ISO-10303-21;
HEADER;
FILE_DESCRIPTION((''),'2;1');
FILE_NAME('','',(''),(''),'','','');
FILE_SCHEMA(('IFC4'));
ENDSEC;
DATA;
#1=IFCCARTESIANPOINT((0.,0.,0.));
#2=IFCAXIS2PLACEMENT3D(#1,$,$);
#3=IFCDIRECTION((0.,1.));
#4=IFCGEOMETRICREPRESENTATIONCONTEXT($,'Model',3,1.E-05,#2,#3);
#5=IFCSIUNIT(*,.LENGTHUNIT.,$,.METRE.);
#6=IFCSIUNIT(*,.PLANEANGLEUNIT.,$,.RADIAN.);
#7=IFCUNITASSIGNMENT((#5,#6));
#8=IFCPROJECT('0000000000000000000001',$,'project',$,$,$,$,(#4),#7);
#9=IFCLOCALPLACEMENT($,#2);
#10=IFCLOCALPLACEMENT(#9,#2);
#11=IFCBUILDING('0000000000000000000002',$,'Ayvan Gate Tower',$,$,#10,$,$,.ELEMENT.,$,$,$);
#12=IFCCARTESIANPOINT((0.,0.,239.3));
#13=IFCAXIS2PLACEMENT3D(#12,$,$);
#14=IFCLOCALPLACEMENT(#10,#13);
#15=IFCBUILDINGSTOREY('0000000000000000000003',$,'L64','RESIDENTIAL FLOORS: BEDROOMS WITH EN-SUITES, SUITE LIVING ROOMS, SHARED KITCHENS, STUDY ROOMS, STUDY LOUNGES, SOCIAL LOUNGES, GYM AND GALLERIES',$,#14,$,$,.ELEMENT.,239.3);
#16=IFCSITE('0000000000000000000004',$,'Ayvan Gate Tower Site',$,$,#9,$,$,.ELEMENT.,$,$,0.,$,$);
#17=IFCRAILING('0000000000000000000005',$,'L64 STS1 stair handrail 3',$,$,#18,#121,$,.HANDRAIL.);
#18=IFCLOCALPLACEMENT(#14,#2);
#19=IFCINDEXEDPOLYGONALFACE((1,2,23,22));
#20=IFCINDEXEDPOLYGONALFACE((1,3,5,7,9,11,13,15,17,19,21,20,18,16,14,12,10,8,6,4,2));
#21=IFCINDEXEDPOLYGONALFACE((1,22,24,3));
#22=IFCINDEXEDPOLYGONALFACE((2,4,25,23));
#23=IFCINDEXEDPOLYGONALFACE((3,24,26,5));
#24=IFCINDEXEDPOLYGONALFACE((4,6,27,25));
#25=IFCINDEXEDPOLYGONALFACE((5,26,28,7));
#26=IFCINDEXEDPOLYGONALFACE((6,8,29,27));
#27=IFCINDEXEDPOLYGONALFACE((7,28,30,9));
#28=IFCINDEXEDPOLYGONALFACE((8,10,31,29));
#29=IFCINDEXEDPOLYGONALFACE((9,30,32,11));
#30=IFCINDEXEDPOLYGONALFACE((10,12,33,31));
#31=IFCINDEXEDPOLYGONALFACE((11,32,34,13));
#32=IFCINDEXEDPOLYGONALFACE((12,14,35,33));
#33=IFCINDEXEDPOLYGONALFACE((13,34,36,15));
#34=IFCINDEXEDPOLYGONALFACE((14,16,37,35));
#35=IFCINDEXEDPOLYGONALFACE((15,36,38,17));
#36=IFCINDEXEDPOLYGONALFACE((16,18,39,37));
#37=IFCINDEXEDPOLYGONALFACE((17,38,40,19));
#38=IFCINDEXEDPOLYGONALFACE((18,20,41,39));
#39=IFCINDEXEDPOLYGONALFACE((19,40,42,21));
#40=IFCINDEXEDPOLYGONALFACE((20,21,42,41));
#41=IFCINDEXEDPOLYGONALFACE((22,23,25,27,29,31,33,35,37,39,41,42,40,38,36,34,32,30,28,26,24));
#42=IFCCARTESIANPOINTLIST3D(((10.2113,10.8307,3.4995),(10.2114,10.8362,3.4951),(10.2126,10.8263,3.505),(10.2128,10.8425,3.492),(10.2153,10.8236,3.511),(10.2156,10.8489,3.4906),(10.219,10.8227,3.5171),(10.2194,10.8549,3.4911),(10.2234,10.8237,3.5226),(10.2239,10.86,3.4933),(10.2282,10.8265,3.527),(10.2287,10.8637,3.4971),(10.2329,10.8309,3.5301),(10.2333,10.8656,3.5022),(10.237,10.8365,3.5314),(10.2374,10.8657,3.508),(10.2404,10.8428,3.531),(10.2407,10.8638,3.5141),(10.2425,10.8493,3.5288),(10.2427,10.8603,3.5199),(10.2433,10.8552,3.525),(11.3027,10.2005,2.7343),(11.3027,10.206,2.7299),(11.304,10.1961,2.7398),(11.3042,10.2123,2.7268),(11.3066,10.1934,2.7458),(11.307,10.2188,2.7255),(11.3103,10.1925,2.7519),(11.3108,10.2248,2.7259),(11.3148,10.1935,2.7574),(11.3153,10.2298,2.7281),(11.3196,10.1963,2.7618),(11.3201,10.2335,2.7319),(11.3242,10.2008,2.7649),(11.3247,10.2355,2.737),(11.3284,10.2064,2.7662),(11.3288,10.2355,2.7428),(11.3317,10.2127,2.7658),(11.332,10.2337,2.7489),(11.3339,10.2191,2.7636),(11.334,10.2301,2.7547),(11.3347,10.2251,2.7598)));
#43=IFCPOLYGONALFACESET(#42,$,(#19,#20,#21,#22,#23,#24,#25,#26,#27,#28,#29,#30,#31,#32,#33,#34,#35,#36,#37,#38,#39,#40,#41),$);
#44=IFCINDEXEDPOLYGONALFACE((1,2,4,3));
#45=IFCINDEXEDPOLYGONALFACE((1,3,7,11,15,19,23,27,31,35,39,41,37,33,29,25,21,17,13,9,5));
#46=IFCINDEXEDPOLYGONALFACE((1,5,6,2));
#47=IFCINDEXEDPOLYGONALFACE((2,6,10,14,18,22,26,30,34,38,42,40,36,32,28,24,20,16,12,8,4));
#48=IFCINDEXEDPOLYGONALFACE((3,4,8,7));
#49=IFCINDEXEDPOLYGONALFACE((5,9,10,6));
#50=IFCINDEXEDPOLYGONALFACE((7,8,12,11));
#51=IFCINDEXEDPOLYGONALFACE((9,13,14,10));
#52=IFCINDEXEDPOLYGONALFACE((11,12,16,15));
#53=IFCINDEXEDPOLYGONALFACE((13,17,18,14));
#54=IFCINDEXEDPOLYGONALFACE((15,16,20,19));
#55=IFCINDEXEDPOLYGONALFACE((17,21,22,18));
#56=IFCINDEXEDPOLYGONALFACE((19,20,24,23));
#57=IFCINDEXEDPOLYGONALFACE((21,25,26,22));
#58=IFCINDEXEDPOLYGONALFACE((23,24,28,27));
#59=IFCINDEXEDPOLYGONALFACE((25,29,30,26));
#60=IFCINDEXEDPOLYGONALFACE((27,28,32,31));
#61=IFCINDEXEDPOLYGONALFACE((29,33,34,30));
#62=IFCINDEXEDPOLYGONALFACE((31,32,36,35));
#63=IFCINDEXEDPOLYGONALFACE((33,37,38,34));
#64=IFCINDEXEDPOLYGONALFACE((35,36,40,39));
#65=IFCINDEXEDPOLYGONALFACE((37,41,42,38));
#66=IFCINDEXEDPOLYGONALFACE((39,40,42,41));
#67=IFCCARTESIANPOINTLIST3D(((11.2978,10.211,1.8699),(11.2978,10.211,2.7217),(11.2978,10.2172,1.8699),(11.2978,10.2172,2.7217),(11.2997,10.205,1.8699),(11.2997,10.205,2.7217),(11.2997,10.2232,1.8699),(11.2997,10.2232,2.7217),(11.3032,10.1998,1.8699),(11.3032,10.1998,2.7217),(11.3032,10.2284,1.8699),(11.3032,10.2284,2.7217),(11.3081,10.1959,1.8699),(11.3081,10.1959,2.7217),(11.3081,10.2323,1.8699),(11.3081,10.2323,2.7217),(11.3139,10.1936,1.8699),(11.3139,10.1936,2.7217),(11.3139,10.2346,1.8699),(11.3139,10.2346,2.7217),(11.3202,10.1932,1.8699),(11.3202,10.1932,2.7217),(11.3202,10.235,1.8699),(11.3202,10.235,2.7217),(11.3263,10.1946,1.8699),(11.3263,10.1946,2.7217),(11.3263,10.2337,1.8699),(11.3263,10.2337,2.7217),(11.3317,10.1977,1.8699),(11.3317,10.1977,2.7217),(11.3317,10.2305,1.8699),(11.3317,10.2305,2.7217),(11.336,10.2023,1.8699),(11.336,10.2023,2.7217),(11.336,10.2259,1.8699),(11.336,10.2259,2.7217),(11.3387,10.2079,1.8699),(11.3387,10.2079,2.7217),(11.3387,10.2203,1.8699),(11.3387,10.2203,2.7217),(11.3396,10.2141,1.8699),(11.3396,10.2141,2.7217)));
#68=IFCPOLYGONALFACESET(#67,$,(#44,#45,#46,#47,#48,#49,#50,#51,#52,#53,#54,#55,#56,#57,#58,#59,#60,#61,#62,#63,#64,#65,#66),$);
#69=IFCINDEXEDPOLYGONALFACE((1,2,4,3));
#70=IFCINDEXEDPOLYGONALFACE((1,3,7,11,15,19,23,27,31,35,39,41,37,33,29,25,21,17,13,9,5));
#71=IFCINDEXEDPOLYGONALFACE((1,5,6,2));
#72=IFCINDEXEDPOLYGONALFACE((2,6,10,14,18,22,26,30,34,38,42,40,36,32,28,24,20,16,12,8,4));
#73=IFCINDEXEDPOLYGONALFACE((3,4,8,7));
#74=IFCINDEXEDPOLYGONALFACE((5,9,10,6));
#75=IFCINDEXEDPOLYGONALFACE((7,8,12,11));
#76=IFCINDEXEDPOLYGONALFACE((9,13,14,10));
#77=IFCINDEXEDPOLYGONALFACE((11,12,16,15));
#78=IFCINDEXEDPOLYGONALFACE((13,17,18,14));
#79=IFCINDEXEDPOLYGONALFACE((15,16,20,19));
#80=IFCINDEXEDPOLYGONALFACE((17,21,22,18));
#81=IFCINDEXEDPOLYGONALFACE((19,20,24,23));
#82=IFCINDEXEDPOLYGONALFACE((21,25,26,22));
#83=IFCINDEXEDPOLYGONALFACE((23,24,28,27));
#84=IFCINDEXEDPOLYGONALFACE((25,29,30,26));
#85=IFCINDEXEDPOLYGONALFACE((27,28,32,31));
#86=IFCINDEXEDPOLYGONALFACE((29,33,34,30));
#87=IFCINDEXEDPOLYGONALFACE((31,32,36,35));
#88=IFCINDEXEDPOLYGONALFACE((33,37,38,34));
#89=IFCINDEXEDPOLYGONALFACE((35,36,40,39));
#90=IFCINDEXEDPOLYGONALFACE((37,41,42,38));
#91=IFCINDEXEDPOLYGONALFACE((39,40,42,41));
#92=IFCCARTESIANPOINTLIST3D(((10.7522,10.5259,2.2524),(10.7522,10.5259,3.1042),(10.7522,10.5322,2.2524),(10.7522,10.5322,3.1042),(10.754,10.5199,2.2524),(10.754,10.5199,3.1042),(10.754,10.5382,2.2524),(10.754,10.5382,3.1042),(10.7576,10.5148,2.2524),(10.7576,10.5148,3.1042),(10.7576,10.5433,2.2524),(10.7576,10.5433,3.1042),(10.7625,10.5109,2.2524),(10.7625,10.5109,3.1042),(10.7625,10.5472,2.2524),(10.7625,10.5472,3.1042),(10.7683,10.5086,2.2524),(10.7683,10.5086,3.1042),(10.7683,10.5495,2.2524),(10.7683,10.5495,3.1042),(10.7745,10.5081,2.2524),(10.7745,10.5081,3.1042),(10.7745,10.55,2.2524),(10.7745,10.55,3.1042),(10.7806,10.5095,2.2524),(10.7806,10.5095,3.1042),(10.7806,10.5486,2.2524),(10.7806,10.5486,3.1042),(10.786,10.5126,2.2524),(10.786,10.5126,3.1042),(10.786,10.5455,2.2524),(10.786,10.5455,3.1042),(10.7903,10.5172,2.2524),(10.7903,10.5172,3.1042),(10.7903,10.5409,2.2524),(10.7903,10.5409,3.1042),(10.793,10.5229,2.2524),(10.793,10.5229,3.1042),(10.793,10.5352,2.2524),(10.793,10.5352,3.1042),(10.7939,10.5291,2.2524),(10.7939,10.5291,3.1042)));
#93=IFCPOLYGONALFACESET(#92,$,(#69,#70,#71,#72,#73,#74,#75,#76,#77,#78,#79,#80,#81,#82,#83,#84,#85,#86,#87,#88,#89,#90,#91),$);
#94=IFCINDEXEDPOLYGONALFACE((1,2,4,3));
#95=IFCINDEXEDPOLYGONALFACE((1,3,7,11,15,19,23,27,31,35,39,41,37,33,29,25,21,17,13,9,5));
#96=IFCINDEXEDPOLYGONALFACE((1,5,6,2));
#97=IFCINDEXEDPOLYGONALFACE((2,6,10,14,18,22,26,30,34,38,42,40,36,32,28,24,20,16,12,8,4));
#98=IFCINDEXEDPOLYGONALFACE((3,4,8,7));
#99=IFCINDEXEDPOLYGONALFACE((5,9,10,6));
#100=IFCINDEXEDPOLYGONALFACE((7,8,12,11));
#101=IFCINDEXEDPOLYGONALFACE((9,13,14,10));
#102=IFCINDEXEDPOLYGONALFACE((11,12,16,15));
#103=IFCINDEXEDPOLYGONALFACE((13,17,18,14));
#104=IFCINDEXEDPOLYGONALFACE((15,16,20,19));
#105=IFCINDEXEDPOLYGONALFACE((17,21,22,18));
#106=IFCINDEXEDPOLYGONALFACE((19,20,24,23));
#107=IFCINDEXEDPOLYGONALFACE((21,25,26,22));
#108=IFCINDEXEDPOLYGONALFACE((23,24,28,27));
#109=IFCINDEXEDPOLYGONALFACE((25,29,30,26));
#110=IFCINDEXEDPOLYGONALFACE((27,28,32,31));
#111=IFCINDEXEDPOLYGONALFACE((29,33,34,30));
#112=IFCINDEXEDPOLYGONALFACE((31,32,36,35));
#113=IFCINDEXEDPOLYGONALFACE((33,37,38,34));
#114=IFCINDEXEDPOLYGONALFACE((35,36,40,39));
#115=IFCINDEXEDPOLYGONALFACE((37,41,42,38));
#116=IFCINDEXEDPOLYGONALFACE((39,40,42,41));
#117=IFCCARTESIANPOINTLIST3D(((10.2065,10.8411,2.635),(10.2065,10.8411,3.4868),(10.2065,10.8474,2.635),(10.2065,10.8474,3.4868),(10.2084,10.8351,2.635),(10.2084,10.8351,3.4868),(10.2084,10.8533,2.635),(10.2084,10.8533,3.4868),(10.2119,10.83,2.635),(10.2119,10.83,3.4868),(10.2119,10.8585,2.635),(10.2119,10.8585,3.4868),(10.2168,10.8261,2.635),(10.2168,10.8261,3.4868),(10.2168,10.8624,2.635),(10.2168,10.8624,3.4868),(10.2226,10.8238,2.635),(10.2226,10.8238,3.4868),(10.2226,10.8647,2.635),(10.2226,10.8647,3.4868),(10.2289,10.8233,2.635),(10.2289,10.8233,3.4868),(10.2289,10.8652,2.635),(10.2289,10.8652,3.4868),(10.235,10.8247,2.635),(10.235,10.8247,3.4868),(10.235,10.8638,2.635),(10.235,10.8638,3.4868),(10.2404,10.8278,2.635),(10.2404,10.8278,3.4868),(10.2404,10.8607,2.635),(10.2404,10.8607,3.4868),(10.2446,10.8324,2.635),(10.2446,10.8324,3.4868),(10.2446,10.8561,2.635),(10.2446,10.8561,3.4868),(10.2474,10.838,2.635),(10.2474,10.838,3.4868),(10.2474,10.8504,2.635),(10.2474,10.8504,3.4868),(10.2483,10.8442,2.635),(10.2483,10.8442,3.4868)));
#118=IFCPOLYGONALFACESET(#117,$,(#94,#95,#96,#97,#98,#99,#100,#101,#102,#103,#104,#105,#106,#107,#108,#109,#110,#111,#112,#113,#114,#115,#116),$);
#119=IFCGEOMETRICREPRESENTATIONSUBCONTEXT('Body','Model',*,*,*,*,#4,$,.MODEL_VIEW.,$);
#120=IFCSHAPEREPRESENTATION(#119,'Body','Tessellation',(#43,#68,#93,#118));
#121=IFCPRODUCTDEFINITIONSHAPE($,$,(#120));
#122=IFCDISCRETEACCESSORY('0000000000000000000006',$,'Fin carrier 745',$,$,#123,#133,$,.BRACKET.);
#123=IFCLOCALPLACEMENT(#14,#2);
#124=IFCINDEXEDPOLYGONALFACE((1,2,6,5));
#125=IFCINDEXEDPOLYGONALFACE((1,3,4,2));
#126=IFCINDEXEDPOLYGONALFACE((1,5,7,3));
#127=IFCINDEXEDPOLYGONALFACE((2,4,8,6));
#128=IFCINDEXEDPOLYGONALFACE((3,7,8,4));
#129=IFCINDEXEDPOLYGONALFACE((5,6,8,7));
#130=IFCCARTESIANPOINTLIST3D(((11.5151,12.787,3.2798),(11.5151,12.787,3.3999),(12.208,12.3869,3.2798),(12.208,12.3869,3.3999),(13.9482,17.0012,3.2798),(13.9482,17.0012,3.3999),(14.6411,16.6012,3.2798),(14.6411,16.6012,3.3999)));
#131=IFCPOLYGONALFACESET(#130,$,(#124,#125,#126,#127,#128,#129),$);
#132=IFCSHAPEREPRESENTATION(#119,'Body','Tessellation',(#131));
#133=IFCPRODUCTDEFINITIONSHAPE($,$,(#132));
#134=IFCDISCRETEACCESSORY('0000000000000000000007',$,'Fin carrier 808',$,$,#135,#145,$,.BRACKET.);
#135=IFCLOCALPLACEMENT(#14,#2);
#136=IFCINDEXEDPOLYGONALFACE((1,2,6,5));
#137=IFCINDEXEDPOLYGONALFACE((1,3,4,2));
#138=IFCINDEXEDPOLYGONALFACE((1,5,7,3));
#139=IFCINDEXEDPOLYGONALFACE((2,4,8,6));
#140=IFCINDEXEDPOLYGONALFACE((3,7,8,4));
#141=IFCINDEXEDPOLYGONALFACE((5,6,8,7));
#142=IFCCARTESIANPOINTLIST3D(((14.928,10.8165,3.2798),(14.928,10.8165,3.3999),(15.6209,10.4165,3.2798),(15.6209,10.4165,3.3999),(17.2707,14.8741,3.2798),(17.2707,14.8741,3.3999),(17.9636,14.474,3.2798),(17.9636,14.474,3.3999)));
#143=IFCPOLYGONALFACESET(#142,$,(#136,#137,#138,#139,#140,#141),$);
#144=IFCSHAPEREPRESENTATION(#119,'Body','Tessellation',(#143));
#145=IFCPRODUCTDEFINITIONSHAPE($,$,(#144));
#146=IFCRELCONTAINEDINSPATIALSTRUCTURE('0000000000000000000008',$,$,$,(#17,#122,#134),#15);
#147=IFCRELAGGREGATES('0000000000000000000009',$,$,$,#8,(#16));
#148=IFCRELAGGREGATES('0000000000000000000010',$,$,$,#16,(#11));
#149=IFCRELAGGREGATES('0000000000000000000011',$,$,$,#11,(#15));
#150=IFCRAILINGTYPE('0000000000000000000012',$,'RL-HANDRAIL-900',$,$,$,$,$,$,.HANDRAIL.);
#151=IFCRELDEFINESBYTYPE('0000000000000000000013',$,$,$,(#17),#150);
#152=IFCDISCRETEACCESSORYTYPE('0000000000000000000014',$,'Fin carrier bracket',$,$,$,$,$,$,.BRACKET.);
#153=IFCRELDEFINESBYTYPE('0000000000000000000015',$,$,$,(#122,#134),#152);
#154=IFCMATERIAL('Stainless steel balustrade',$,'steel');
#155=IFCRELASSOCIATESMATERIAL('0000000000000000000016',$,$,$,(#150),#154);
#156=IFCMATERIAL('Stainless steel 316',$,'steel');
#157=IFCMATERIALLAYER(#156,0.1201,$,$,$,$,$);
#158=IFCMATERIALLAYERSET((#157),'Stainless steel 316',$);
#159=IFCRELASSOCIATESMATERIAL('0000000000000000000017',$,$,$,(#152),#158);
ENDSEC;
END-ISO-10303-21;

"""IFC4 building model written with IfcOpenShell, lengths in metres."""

from ifc_helpers import new_model, si_unit, direction, frame, origin, origin_2d, place, context, subcontext, project, spatial, rectangle, circle, extrude, material, layer, layer_set, type_object, element, save


model = new_model("IFC4")

# Units and contexts
model_context = context("Model", 3, precision=1e-05, world=origin(), true_north=direction((0.0, 1.0)))
body_context = subcontext(model_context, "Body", "Model", "MODEL_VIEW")
ifc_project = project(units=[si_unit("LENGTHUNIT", "METRE"), si_unit("PLANEANGLEUNIT", "RADIAN")], contexts=[model_context])

# Site, building, storey
site_placement = place(None, origin())
site = spatial("IfcSite", under=ifc_project, at=site_placement, Name="Ayvan Gate Tower Site", CompositionType="ELEMENT", RefElevation=0.0)
building_placement = place(site_placement, origin())
building = spatial("IfcBuilding", under=site, at=building_placement, Name="Ayvan Gate Tower", CompositionType="ELEMENT")
storey_placement = place(building_placement, frame((0.0, 0.0, 239.3)))
storey = spatial("IfcBuildingStorey", under=building, at=storey_placement, Name="L64", Description="RESIDENTIAL FLOORS: BEDROOMS WITH EN-SUITES, SUITE LIVING ROOMS, SHARED KITCHENS, STUDY ROOMS, STUDY LOUNGES, SOCIAL LOUNGES, GYM AND GALLERIES", CompositionType="ELEMENT", Elevation=239.3)

# Railing
ifc_material_1 = material(Name="Stainless steel balustrade", Category="steel")
railing_type_1 = type_object("IfcRailingType", Name="RL-HANDRAIL-900", PredefinedType="HANDRAIL", material=ifc_material_1)
railing_1_placement = place(storey_placement, frame((11.3186, 10.2141, 1.8699)))
element("IfcRailing", 1, at=railing_1_placement, inside=storey, type_object=railing_type_1, Name="L64 STS1 stair handrail 3", PredefinedType="HANDRAIL", context=body_context, shape_type="SweptSolid", body=[
    extrude(circle(Radius=0.0239, at=origin_2d()), frame((0.0, 0.0, 0.876), z_axis=(-0.740241, 0.427419, 0.518996), x_axis=(-0.500035, -0.866005, 0.0)), (0.0, 0.0, 1.0), 1.4744),
    extrude(circle(Radius=0.021, at=origin_2d()), origin(), (0.0, 0.0, 1.0), 0.8518),
    extrude(circle(Radius=0.021, at=origin_2d()), frame((-0.5457, 0.3149, 0.3826)), (0.0, 0.0, 1.0), 0.8518),
    extrude(circle(Radius=0.021, at=origin_2d()), frame((-1.0913, 0.6301, 0.7651)), (0.0, 0.0, 1.0), 0.8518),
])

# Discrete accessories
ifc_material_2 = material(Name="Stainless steel 316", Category="steel")
ifc_layer_1 = layer(ifc_material_2, 0.1201)
ifc_layer_set_1 = layer_set([ifc_layer_1], Name="Stainless steel 316")
discrete_accessory_type = type_object("IfcDiscreteAccessoryType", Name="Fin carrier bracket", PredefinedType="BRACKET", material=ifc_layer_set_1)
discrete_accessory_1_placement = place(storey_placement, frame((13.0781, 14.6941, 3.2798), z_axis=(0.0, 0.0, 1.0), x_axis=(-0.866025, 0.5, 0.0)))
element("IfcDiscreteAccessory", 2, at=discrete_accessory_1_placement, inside=storey, type_object=discrete_accessory_type, Name="Fin carrier 745", PredefinedType="BRACKET", context=body_context, shape_type="SweptSolid", body=[
    extrude(rectangle(XDim=0.8, YDim=4.8662, at=origin_2d()), origin(), (0.0, 0.0, 1.0), 0.1201),
])
discrete_accessory_2_placement = place(storey_placement, frame((16.4458, 12.6453, 3.2798), z_axis=(0.0, 0.0, 1.0), x_axis=(-0.866025, 0.5, 0.0)))
element("IfcDiscreteAccessory", 3, at=discrete_accessory_2_placement, inside=storey, type_object=discrete_accessory_type, Name="Fin carrier 808", PredefinedType="BRACKET", context=body_context, shape_type="SweptSolid", body=[
    extrude(rectangle(XDim=0.8, YDim=4.6853, at=origin_2d()), origin(), (0.0, 0.0, 1.0), 0.1201),
])

save(model, "model.ifc")
